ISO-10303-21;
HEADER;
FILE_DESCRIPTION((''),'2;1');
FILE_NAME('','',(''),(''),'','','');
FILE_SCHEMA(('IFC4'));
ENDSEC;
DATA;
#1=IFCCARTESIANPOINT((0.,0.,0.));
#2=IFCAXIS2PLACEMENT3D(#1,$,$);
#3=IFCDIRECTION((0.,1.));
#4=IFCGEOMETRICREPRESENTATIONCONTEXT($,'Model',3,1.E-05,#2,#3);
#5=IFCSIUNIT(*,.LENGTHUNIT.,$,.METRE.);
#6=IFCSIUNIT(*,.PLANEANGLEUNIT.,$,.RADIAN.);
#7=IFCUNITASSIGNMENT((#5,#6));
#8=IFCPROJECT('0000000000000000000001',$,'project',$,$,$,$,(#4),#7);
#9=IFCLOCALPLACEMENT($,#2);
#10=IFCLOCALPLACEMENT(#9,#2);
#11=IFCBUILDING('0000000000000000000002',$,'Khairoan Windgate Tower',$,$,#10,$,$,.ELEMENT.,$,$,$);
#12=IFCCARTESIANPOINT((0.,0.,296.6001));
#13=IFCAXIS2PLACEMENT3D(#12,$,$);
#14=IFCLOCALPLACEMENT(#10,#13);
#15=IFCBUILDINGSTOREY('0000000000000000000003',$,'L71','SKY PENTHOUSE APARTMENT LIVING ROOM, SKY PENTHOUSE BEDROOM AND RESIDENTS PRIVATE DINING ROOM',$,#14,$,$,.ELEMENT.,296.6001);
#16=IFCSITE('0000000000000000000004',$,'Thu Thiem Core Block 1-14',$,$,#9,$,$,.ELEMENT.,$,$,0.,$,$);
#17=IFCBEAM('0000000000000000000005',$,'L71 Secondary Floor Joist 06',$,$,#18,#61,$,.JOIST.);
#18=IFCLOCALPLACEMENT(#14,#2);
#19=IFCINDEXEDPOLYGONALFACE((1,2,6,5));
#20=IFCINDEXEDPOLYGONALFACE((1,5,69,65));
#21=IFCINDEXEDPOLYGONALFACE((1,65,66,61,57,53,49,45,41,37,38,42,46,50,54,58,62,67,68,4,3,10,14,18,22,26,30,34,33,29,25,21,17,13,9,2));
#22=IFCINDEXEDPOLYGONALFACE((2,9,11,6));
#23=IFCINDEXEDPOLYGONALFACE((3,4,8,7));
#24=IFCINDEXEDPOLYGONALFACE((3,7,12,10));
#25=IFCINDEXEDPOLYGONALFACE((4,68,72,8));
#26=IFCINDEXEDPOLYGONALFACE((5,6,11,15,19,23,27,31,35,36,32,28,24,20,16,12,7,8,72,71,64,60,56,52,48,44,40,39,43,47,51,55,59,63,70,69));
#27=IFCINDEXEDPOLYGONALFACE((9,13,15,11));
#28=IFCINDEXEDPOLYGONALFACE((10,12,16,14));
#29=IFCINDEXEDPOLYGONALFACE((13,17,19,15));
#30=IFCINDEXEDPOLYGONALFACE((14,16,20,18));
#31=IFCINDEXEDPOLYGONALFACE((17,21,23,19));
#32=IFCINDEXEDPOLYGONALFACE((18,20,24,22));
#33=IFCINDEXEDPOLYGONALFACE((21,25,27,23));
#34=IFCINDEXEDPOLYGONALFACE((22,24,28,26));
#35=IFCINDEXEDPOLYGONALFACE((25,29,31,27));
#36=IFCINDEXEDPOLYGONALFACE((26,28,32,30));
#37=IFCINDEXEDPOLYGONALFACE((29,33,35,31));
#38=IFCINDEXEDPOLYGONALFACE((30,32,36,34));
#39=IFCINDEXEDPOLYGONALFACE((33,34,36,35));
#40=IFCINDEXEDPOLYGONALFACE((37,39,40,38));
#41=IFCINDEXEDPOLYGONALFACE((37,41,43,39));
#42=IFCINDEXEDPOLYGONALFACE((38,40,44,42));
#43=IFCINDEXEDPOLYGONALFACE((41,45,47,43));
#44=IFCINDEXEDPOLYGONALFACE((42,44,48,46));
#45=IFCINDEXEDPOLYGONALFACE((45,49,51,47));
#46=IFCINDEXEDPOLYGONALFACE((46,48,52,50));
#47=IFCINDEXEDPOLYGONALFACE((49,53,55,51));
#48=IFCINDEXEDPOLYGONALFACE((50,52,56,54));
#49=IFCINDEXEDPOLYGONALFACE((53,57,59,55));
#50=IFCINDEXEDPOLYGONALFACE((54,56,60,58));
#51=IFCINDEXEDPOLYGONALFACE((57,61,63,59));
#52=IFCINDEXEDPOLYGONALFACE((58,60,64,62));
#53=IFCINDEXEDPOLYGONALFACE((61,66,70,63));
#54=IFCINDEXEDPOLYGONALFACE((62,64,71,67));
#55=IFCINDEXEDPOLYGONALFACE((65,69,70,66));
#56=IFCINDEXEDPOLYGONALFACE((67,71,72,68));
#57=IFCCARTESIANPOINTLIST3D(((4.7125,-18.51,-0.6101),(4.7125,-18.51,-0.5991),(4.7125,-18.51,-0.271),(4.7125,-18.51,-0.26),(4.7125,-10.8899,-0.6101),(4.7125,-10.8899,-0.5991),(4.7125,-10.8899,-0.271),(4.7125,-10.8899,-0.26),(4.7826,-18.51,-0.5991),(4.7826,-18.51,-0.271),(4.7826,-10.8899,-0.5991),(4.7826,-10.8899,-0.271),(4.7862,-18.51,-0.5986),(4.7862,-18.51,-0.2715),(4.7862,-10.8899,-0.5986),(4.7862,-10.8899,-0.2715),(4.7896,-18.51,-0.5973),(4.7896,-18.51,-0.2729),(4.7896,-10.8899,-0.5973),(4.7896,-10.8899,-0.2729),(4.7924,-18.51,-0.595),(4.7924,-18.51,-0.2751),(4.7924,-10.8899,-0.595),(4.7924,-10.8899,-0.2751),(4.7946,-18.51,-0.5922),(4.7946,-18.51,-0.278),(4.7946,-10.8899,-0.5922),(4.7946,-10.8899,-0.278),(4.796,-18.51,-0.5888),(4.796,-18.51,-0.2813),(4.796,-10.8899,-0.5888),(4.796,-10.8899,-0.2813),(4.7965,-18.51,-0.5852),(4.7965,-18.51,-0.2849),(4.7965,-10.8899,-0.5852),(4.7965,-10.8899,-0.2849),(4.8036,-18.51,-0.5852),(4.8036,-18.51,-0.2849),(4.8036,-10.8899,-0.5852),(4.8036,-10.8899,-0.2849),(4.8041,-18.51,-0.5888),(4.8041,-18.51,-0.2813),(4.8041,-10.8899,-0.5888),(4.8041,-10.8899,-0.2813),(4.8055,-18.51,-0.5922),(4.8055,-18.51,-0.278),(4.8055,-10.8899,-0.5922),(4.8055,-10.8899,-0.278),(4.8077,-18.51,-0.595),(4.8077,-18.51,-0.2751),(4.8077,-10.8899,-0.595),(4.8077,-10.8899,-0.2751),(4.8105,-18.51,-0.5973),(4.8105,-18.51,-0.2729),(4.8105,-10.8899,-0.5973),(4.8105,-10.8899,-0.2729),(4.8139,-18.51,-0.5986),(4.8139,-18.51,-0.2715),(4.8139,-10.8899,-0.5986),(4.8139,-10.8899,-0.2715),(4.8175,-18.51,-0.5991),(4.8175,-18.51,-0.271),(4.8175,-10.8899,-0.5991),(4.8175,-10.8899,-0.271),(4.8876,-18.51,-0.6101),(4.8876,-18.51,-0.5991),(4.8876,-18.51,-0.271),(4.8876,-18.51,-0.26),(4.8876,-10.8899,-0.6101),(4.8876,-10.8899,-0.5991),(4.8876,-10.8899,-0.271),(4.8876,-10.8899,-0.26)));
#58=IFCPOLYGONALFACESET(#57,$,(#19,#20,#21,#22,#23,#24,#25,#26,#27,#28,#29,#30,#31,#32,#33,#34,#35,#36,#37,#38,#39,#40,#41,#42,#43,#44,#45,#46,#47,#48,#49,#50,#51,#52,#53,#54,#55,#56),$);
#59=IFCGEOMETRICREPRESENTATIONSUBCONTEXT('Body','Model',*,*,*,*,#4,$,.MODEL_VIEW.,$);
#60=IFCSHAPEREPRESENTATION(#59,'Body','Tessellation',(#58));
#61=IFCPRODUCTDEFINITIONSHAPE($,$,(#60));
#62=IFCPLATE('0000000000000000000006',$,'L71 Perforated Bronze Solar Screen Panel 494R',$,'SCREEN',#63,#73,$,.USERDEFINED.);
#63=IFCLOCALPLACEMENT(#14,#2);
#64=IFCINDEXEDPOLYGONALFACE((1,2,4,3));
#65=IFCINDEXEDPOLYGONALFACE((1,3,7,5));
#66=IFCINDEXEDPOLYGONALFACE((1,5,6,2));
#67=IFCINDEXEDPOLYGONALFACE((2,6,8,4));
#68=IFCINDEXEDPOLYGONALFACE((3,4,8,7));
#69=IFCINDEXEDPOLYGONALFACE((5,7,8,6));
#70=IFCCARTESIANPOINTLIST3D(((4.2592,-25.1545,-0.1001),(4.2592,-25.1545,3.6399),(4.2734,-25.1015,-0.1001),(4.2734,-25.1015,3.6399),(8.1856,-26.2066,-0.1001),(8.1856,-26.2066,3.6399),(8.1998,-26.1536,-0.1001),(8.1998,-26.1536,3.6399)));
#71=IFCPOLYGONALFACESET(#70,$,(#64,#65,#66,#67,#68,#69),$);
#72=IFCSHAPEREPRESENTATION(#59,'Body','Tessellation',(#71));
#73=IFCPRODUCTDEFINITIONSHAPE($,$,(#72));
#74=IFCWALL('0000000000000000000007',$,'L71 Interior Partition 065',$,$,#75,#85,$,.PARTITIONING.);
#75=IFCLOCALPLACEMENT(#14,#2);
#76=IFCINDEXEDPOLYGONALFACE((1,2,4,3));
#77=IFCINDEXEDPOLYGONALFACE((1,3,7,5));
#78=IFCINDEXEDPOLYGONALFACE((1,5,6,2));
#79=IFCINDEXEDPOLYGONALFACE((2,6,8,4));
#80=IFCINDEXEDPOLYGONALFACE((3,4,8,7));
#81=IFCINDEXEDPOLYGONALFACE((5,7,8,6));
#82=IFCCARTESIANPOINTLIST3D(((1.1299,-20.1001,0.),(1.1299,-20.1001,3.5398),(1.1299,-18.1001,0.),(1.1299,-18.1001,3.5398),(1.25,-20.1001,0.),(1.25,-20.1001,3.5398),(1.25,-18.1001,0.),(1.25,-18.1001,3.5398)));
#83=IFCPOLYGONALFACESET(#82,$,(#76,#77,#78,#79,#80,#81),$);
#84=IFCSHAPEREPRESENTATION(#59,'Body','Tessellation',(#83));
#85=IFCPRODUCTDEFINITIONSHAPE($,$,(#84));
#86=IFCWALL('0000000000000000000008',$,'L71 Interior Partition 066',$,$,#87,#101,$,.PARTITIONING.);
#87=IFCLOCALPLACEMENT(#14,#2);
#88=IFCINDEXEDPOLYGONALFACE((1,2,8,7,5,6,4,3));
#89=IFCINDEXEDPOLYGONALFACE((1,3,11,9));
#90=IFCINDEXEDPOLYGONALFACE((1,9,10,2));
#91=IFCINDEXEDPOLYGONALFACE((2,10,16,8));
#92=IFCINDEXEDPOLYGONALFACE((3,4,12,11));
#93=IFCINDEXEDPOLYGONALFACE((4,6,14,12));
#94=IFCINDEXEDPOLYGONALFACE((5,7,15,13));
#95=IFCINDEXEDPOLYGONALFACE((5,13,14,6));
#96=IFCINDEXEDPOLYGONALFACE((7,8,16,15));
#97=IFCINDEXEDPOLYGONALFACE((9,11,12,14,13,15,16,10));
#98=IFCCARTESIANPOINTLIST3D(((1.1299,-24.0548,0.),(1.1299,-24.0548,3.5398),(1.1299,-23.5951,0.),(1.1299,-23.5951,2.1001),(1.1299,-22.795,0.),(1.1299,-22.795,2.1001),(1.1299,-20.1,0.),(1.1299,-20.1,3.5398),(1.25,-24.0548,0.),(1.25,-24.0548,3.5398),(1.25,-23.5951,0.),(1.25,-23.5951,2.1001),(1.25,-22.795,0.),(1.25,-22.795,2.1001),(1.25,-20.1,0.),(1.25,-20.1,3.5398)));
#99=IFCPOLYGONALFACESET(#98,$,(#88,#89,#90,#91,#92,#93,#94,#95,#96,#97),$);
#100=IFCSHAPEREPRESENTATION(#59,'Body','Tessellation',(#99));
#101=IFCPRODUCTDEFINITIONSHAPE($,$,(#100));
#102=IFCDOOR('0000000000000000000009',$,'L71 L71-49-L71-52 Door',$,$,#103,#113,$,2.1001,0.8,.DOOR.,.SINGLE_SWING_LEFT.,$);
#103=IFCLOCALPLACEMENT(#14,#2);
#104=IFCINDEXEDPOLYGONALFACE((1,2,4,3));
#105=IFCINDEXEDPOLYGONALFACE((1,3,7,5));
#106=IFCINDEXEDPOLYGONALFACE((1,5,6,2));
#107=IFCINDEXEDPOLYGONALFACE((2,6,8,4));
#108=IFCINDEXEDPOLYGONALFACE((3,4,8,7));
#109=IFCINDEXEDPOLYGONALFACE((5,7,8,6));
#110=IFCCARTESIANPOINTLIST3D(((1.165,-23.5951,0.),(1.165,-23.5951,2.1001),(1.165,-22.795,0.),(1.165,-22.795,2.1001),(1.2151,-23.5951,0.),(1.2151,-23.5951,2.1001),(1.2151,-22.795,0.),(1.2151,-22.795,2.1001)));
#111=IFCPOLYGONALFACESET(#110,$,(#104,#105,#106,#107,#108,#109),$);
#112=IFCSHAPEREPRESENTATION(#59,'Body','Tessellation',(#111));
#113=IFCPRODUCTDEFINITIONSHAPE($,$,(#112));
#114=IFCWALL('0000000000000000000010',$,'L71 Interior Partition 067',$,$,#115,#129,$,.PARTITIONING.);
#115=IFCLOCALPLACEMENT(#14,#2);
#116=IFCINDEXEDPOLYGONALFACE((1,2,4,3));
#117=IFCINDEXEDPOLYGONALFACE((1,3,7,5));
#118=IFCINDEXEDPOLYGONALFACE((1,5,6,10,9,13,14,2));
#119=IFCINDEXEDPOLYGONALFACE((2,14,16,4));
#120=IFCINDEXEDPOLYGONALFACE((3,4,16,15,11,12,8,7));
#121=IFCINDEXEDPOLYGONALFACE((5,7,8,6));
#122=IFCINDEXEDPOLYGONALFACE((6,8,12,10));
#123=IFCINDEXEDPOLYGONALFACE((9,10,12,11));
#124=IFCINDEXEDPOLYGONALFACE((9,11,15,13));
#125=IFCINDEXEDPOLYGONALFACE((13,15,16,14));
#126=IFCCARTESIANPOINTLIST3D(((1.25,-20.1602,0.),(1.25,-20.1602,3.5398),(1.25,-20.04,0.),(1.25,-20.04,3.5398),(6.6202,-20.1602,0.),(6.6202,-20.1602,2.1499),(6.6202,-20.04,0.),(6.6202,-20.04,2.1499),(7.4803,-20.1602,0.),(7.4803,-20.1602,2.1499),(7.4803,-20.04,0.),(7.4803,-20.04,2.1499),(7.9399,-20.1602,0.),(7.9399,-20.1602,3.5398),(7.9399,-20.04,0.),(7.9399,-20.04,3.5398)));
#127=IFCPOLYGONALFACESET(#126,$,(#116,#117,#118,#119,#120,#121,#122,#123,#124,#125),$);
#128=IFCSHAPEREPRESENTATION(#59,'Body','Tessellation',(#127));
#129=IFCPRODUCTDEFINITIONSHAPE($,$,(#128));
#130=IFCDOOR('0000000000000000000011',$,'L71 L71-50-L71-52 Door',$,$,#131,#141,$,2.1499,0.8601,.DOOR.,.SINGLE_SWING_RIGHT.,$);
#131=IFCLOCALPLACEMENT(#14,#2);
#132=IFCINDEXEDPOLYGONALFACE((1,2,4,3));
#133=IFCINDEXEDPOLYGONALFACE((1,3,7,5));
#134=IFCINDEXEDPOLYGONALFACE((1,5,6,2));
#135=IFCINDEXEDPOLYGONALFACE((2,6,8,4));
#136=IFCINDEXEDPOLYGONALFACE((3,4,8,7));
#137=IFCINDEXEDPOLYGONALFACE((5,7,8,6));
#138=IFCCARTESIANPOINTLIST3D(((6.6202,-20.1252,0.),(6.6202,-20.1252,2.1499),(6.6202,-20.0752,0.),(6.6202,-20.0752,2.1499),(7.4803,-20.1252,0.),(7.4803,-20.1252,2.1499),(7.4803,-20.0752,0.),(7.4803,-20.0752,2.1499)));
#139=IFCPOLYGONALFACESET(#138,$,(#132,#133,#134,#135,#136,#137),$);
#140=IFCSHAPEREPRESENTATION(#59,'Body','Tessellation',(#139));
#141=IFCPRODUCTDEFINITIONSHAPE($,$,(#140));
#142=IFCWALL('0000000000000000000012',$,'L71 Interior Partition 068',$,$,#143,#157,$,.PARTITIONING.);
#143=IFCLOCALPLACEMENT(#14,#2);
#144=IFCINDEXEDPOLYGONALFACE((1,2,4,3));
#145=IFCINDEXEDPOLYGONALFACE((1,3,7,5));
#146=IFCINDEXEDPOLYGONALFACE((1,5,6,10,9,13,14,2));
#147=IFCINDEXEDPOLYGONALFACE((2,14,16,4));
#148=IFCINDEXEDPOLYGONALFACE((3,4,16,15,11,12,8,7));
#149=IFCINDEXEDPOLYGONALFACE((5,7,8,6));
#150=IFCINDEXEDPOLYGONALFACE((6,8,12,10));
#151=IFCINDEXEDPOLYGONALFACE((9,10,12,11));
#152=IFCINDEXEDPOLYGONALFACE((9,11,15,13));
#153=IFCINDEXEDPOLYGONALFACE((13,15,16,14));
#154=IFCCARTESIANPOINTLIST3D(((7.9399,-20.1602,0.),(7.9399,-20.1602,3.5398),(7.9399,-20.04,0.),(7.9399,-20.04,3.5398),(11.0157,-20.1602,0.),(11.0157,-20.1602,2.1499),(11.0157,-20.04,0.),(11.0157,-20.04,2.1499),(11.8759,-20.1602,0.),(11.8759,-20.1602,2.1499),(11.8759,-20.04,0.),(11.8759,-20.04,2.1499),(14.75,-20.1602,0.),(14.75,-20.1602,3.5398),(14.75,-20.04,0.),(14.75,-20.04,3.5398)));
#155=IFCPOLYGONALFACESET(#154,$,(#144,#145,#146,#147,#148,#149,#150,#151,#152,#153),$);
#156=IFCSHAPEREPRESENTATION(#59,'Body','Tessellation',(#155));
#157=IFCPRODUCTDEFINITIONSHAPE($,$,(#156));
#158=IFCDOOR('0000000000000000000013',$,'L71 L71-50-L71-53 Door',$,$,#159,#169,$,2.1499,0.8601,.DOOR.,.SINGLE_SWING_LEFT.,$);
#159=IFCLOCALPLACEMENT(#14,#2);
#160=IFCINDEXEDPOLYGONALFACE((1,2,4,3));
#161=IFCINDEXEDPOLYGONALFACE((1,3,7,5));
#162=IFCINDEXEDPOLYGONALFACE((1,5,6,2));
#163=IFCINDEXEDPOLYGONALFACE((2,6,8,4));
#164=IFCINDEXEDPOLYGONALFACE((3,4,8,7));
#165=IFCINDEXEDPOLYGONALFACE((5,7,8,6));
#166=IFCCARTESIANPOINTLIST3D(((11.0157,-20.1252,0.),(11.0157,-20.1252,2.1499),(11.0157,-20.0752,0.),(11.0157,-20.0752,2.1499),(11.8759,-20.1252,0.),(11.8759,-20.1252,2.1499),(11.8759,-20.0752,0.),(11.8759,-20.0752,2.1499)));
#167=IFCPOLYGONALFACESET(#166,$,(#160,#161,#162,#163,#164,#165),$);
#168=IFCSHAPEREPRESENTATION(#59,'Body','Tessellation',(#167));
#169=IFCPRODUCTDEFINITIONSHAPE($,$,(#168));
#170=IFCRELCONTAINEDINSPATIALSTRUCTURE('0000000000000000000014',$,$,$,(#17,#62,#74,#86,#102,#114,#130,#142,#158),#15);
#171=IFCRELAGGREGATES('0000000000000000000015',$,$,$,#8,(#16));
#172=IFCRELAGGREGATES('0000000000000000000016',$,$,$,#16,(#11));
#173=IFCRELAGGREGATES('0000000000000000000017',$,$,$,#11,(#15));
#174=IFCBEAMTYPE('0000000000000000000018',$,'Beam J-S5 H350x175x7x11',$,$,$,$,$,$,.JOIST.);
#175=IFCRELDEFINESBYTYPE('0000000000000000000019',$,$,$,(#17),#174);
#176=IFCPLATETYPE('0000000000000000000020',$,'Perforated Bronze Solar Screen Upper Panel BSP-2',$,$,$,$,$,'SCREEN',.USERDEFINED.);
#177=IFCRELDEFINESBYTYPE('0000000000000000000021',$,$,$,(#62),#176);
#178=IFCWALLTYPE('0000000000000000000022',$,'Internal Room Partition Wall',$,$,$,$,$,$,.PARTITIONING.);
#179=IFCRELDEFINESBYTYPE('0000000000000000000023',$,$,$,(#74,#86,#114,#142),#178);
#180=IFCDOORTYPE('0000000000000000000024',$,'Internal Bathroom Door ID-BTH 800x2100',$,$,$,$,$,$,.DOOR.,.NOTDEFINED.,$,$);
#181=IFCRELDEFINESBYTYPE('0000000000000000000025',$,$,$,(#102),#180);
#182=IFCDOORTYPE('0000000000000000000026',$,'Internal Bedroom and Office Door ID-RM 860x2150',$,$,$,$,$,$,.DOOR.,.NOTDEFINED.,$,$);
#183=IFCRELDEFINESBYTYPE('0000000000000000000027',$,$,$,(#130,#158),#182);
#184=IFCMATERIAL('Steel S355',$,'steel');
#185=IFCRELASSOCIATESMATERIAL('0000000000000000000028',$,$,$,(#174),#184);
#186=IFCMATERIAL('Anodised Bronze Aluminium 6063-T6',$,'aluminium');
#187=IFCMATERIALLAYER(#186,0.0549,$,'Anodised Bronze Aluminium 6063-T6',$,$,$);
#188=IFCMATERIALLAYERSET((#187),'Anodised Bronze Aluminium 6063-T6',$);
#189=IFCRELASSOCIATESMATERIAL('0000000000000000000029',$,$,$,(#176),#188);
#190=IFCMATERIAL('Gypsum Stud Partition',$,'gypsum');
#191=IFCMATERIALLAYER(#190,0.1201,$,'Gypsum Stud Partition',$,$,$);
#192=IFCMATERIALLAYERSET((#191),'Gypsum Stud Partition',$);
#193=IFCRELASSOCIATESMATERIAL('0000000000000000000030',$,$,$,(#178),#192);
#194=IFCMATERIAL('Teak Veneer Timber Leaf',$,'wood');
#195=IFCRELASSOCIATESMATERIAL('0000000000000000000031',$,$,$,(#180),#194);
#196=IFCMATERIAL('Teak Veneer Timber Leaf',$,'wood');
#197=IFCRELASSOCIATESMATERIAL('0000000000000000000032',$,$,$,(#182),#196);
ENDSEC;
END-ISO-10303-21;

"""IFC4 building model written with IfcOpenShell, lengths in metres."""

from ifc_helpers import new_model, si_unit, direction, frame, frame_2d, origin, origin_2d, place, context, subcontext, project, spatial, rectangle, i_section, extrude, material, layer, layer_set, material_profile, profile_set, type_object, element, fill, save


model = new_model("IFC4")

# Units and contexts
model_context = context("Model", 3, precision=1e-05, world=origin(), true_north=direction((0.0, 1.0)))
body_context = subcontext(model_context, "Body", "Model", "MODEL_VIEW")
ifc_project = project(units=[si_unit("LENGTHUNIT", "METRE"), si_unit("PLANEANGLEUNIT", "RADIAN")], contexts=[model_context])

# Site, building, storey
site_placement = place(None, origin())
site = spatial("IfcSite", under=ifc_project, at=site_placement, Name="Thu Thiem Core Block 1-14", CompositionType="ELEMENT", RefElevation=0.0)
building_placement = place(site_placement, origin())
building = spatial("IfcBuilding", under=site, at=building_placement, Name="Khairoan Windgate Tower", CompositionType="ELEMENT")
storey_placement = place(building_placement, frame((0.0, 0.0, 296.6001)))
storey = spatial("IfcBuildingStorey", under=building, at=storey_placement, Name="L71", Description="SKY PENTHOUSE APARTMENT LIVING ROOM, SKY PENTHOUSE BEDROOM AND RESIDENTS PRIVATE DINING ROOM", CompositionType="ELEMENT", Elevation=296.6001)

# Beam
ifc_material_1 = material(Name="Steel S355", Category="steel")
ifc_material_profile_1 = material_profile(ifc_material_1, i_section(OverallWidth=0.175, OverallDepth=0.3501, WebThickness=0.0071, FlangeThickness=0.011, FilletRadius=0.0139, at=origin_2d()))
ifc_profile_set_1 = profile_set([ifc_material_profile_1], Name="Steel S355")
beam_type_1 = type_object("IfcBeamType", Name="Beam J-S5 H350x175x7x11", PredefinedType="JOIST", material=ifc_profile_set_1)
beam_1_placement = place(storey_placement, frame((4.8, -18.51, -0.4351), z_axis=(0.0, 1.0, 0.0), x_axis=(-1.0, 0.0, 0.0)))
element("IfcBeam", 1, at=beam_1_placement, inside=storey, type_object=beam_type_1, Name="L71 Secondary Floor Joist 06", PredefinedType="JOIST", context=body_context, shape_type="SweptSolid", body=[
    extrude(i_section(OverallWidth=0.175, OverallDepth=0.3501, WebThickness=0.0071, FlangeThickness=0.011, FilletRadius=0.0139, at=origin_2d()), origin(), (0.0, 0.0, 1.0), 7.6201),
])

# Plate
ifc_material_2 = material(Name="Anodised Bronze Aluminium 6063-T6", Category="aluminium")
ifc_layer_1 = layer(ifc_material_2, 0.0549, Name="Anodised Bronze Aluminium 6063-T6")
ifc_layer_set_1 = layer_set([ifc_layer_1], Name="Anodised Bronze Aluminium 6063-T6")
plate_type = type_object("IfcPlateType", Name="Perforated Bronze Solar Screen Upper Panel BSP-2", ElementType="SCREEN", PredefinedType="USERDEFINED", material=ifc_layer_set_1)
plate_placement = place(storey_placement, frame((6.2295, -25.6541, -0.1001), z_axis=(0.0, 0.0, 1.0), x_axis=(-0.965926, 0.258819, 0.0)))
element("IfcPlate", 2, at=plate_placement, inside=storey, type_object=plate_type, Name="L71 Perforated Bronze Solar Screen Panel 494R", ObjectType="SCREEN", PredefinedType="USERDEFINED", context=body_context, shape_type="SweptSolid", body=[
    extrude(rectangle(XDim=4.0649, YDim=0.0549, at=origin_2d()), origin(), (0.0, 0.0, 1.0), 3.74),
])

# Wall
ifc_material_3 = material(Name="Gypsum Stud Partition", Category="gypsum")
ifc_layer_2 = layer(ifc_material_3, 0.1201, Name="Gypsum Stud Partition")
ifc_layer_set_2 = layer_set([ifc_layer_2], Name="Gypsum Stud Partition")
wall_type_1 = type_object("IfcWallType", Name="Internal Room Partition Wall", PredefinedType="PARTITIONING", material=ifc_layer_set_2)
wall_1_placement = place(storey_placement, frame((1.1899, -20.1001, 0.0), z_axis=(0.0, 0.0, 1.0), x_axis=(0.0, 1.0, 0.0)))
element("IfcWall", 3, at=wall_1_placement, inside=storey, type_object=wall_type_1, Name="L71 Interior Partition 065", PredefinedType="PARTITIONING", context=body_context, shape_type="SweptSolid", body=[
    extrude(rectangle(XDim=2.0, YDim=0.1201, at=frame_2d((1.0, 0.0))), origin(), (0.0, 0.0, 1.0), 3.5398),
])

# Walls, openings, doors
wall_2_placement = place(storey_placement, frame((1.1899, -24.0549, 0.0), z_axis=(0.0, 0.0, 1.0), x_axis=(0.0, 1.0, 0.0)))
wall_2 = element("IfcWall", 4, at=wall_2_placement, inside=storey, type_object=wall_type_1, Name="L71 Interior Partition 066", PredefinedType="PARTITIONING", context=body_context, shape_type="SweptSolid", body=[
    extrude(rectangle(XDim=3.9548, YDim=0.1201, at=frame_2d((1.9775, 0.0))), origin(), (0.0, 0.0, 1.0), 3.5398),
])
opening_1_placement = place(wall_2_placement, frame((0.46, 0.0, 0.0)))
opening_1 = element("IfcOpeningElement", 5, at=opening_1_placement, cuts=wall_2, PredefinedType="OPENING", context=body_context, shape_type="SweptSolid", body=[
    extrude(rectangle(XDim=0.8, YDim=2.1001, at=frame_2d((0.3999, 1.05))), frame((0.0, 0.0701, 0.0), z_axis=(0.0, -1.0, 0.0), x_axis=(1.0, 0.0, 0.0)), (0.0, 0.0, 1.0), 0.1401),
])
ifc_material_4 = material(Name="Teak Veneer Timber Leaf", Category="wood")
door_type_1 = type_object("IfcDoorType", Name="Internal Bathroom Door ID-BTH 800x2100", OperationType="NOTDEFINED", PredefinedType="DOOR", material=ifc_material_4)
door_1_placement = place(opening_1_placement, origin())
door_1 = element("IfcDoor", 6, at=door_1_placement, inside=storey, type_object=door_type_1, Name="L71 L71-49-L71-52 Door", OperationType="SINGLE_SWING_LEFT", OverallHeight=2.1001, OverallWidth=0.8, PredefinedType="DOOR", context=body_context, shape_type="SweptSolid", body=[
    extrude(rectangle(XDim=0.8, YDim=2.1001, at=frame_2d((0.3999, 1.05))), frame((0.0, 0.0249, 0.0), z_axis=(0.0, -1.0, 0.0), x_axis=(1.0, 0.0, 0.0)), (0.0, 0.0, 1.0), 0.05),
])
fill(opening_1, door_1)
wall_3_placement = place(storey_placement, frame((1.25, -20.1001, 0.0), z_axis=(0.0, 0.0, 1.0), x_axis=(1.0, 0.0, 0.0)))
wall_3 = element("IfcWall", 7, at=wall_3_placement, inside=storey, type_object=wall_type_1, Name="L71 Interior Partition 067", PredefinedType="PARTITIONING", context=body_context, shape_type="SweptSolid", body=[
    extrude(rectangle(XDim=6.6899, YDim=0.1201, at=frame_2d((3.345, 0.0))), origin(), (0.0, 0.0, 1.0), 3.5398),
])
opening_2_placement = place(wall_3_placement, frame((5.3701, 0.0, 0.0)))
opening_2 = element("IfcOpeningElement", 8, at=opening_2_placement, cuts=wall_3, PredefinedType="OPENING", context=body_context, shape_type="SweptSolid", body=[
    extrude(rectangle(XDim=0.8601, YDim=2.1499, at=frame_2d((0.4302, 1.075))), frame((0.0, 0.0701, 0.0), z_axis=(0.0, -1.0, 0.0), x_axis=(1.0, 0.0, 0.0)), (0.0, 0.0, 1.0), 0.1401),
])
ifc_material_5 = material(Name="Teak Veneer Timber Leaf", Category="wood")
door_type_2 = type_object("IfcDoorType", Name="Internal Bedroom and Office Door ID-RM 860x2150", OperationType="NOTDEFINED", PredefinedType="DOOR", material=ifc_material_5)
door_2_placement = place(opening_2_placement, origin())
door_2 = element("IfcDoor", 9, at=door_2_placement, inside=storey, type_object=door_type_2, Name="L71 L71-50-L71-52 Door", OperationType="SINGLE_SWING_RIGHT", OverallHeight=2.1499, OverallWidth=0.8601, PredefinedType="DOOR", context=body_context, shape_type="SweptSolid", body=[
    extrude(rectangle(XDim=0.8601, YDim=2.1499, at=frame_2d((0.4302, 1.075))), frame((0.0, 0.0249, 0.0), z_axis=(0.0, -1.0, 0.0), x_axis=(1.0, 0.0, 0.0)), (0.0, 0.0, 1.0), 0.05),
])
fill(opening_2, door_2)
wall_4_placement = place(storey_placement, frame((7.9399, -20.1001, 0.0), z_axis=(0.0, 0.0, 1.0), x_axis=(1.0, 0.0, 0.0)))
wall_4 = element("IfcWall", 10, at=wall_4_placement, inside=storey, type_object=wall_type_1, Name="L71 Interior Partition 068", PredefinedType="PARTITIONING", context=body_context, shape_type="SweptSolid", body=[
    extrude(rectangle(XDim=6.8101, YDim=0.1201, at=frame_2d((3.405, 0.0))), origin(), (0.0, 0.0, 1.0), 3.5398),
])
opening_3_placement = place(wall_4_placement, frame((3.0757, 0.0, 0.0)))
opening_3 = element("IfcOpeningElement", 11, at=opening_3_placement, cuts=wall_4, PredefinedType="OPENING", context=body_context, shape_type="SweptSolid", body=[
    extrude(rectangle(XDim=0.8601, YDim=2.1499, at=frame_2d((0.4302, 1.075))), frame((0.0, 0.0701, 0.0), z_axis=(0.0, -1.0, 0.0), x_axis=(1.0, 0.0, 0.0)), (0.0, 0.0, 1.0), 0.1401),
])
door_3_placement = place(opening_3_placement, origin())
door_3 = element("IfcDoor", 12, at=door_3_placement, inside=storey, type_object=door_type_2, Name="L71 L71-50-L71-53 Door", OperationType="SINGLE_SWING_LEFT", OverallHeight=2.1499, OverallWidth=0.8601, PredefinedType="DOOR", context=body_context, shape_type="SweptSolid", body=[
    extrude(rectangle(XDim=0.8601, YDim=2.1499, at=frame_2d((0.4302, 1.075))), frame((0.0, 0.0249, 0.0), z_axis=(0.0, -1.0, 0.0), x_axis=(1.0, 0.0, 0.0)), (0.0, 0.0, 1.0), 0.05),
])
fill(opening_3, door_3)

save(model, "model.ifc")
